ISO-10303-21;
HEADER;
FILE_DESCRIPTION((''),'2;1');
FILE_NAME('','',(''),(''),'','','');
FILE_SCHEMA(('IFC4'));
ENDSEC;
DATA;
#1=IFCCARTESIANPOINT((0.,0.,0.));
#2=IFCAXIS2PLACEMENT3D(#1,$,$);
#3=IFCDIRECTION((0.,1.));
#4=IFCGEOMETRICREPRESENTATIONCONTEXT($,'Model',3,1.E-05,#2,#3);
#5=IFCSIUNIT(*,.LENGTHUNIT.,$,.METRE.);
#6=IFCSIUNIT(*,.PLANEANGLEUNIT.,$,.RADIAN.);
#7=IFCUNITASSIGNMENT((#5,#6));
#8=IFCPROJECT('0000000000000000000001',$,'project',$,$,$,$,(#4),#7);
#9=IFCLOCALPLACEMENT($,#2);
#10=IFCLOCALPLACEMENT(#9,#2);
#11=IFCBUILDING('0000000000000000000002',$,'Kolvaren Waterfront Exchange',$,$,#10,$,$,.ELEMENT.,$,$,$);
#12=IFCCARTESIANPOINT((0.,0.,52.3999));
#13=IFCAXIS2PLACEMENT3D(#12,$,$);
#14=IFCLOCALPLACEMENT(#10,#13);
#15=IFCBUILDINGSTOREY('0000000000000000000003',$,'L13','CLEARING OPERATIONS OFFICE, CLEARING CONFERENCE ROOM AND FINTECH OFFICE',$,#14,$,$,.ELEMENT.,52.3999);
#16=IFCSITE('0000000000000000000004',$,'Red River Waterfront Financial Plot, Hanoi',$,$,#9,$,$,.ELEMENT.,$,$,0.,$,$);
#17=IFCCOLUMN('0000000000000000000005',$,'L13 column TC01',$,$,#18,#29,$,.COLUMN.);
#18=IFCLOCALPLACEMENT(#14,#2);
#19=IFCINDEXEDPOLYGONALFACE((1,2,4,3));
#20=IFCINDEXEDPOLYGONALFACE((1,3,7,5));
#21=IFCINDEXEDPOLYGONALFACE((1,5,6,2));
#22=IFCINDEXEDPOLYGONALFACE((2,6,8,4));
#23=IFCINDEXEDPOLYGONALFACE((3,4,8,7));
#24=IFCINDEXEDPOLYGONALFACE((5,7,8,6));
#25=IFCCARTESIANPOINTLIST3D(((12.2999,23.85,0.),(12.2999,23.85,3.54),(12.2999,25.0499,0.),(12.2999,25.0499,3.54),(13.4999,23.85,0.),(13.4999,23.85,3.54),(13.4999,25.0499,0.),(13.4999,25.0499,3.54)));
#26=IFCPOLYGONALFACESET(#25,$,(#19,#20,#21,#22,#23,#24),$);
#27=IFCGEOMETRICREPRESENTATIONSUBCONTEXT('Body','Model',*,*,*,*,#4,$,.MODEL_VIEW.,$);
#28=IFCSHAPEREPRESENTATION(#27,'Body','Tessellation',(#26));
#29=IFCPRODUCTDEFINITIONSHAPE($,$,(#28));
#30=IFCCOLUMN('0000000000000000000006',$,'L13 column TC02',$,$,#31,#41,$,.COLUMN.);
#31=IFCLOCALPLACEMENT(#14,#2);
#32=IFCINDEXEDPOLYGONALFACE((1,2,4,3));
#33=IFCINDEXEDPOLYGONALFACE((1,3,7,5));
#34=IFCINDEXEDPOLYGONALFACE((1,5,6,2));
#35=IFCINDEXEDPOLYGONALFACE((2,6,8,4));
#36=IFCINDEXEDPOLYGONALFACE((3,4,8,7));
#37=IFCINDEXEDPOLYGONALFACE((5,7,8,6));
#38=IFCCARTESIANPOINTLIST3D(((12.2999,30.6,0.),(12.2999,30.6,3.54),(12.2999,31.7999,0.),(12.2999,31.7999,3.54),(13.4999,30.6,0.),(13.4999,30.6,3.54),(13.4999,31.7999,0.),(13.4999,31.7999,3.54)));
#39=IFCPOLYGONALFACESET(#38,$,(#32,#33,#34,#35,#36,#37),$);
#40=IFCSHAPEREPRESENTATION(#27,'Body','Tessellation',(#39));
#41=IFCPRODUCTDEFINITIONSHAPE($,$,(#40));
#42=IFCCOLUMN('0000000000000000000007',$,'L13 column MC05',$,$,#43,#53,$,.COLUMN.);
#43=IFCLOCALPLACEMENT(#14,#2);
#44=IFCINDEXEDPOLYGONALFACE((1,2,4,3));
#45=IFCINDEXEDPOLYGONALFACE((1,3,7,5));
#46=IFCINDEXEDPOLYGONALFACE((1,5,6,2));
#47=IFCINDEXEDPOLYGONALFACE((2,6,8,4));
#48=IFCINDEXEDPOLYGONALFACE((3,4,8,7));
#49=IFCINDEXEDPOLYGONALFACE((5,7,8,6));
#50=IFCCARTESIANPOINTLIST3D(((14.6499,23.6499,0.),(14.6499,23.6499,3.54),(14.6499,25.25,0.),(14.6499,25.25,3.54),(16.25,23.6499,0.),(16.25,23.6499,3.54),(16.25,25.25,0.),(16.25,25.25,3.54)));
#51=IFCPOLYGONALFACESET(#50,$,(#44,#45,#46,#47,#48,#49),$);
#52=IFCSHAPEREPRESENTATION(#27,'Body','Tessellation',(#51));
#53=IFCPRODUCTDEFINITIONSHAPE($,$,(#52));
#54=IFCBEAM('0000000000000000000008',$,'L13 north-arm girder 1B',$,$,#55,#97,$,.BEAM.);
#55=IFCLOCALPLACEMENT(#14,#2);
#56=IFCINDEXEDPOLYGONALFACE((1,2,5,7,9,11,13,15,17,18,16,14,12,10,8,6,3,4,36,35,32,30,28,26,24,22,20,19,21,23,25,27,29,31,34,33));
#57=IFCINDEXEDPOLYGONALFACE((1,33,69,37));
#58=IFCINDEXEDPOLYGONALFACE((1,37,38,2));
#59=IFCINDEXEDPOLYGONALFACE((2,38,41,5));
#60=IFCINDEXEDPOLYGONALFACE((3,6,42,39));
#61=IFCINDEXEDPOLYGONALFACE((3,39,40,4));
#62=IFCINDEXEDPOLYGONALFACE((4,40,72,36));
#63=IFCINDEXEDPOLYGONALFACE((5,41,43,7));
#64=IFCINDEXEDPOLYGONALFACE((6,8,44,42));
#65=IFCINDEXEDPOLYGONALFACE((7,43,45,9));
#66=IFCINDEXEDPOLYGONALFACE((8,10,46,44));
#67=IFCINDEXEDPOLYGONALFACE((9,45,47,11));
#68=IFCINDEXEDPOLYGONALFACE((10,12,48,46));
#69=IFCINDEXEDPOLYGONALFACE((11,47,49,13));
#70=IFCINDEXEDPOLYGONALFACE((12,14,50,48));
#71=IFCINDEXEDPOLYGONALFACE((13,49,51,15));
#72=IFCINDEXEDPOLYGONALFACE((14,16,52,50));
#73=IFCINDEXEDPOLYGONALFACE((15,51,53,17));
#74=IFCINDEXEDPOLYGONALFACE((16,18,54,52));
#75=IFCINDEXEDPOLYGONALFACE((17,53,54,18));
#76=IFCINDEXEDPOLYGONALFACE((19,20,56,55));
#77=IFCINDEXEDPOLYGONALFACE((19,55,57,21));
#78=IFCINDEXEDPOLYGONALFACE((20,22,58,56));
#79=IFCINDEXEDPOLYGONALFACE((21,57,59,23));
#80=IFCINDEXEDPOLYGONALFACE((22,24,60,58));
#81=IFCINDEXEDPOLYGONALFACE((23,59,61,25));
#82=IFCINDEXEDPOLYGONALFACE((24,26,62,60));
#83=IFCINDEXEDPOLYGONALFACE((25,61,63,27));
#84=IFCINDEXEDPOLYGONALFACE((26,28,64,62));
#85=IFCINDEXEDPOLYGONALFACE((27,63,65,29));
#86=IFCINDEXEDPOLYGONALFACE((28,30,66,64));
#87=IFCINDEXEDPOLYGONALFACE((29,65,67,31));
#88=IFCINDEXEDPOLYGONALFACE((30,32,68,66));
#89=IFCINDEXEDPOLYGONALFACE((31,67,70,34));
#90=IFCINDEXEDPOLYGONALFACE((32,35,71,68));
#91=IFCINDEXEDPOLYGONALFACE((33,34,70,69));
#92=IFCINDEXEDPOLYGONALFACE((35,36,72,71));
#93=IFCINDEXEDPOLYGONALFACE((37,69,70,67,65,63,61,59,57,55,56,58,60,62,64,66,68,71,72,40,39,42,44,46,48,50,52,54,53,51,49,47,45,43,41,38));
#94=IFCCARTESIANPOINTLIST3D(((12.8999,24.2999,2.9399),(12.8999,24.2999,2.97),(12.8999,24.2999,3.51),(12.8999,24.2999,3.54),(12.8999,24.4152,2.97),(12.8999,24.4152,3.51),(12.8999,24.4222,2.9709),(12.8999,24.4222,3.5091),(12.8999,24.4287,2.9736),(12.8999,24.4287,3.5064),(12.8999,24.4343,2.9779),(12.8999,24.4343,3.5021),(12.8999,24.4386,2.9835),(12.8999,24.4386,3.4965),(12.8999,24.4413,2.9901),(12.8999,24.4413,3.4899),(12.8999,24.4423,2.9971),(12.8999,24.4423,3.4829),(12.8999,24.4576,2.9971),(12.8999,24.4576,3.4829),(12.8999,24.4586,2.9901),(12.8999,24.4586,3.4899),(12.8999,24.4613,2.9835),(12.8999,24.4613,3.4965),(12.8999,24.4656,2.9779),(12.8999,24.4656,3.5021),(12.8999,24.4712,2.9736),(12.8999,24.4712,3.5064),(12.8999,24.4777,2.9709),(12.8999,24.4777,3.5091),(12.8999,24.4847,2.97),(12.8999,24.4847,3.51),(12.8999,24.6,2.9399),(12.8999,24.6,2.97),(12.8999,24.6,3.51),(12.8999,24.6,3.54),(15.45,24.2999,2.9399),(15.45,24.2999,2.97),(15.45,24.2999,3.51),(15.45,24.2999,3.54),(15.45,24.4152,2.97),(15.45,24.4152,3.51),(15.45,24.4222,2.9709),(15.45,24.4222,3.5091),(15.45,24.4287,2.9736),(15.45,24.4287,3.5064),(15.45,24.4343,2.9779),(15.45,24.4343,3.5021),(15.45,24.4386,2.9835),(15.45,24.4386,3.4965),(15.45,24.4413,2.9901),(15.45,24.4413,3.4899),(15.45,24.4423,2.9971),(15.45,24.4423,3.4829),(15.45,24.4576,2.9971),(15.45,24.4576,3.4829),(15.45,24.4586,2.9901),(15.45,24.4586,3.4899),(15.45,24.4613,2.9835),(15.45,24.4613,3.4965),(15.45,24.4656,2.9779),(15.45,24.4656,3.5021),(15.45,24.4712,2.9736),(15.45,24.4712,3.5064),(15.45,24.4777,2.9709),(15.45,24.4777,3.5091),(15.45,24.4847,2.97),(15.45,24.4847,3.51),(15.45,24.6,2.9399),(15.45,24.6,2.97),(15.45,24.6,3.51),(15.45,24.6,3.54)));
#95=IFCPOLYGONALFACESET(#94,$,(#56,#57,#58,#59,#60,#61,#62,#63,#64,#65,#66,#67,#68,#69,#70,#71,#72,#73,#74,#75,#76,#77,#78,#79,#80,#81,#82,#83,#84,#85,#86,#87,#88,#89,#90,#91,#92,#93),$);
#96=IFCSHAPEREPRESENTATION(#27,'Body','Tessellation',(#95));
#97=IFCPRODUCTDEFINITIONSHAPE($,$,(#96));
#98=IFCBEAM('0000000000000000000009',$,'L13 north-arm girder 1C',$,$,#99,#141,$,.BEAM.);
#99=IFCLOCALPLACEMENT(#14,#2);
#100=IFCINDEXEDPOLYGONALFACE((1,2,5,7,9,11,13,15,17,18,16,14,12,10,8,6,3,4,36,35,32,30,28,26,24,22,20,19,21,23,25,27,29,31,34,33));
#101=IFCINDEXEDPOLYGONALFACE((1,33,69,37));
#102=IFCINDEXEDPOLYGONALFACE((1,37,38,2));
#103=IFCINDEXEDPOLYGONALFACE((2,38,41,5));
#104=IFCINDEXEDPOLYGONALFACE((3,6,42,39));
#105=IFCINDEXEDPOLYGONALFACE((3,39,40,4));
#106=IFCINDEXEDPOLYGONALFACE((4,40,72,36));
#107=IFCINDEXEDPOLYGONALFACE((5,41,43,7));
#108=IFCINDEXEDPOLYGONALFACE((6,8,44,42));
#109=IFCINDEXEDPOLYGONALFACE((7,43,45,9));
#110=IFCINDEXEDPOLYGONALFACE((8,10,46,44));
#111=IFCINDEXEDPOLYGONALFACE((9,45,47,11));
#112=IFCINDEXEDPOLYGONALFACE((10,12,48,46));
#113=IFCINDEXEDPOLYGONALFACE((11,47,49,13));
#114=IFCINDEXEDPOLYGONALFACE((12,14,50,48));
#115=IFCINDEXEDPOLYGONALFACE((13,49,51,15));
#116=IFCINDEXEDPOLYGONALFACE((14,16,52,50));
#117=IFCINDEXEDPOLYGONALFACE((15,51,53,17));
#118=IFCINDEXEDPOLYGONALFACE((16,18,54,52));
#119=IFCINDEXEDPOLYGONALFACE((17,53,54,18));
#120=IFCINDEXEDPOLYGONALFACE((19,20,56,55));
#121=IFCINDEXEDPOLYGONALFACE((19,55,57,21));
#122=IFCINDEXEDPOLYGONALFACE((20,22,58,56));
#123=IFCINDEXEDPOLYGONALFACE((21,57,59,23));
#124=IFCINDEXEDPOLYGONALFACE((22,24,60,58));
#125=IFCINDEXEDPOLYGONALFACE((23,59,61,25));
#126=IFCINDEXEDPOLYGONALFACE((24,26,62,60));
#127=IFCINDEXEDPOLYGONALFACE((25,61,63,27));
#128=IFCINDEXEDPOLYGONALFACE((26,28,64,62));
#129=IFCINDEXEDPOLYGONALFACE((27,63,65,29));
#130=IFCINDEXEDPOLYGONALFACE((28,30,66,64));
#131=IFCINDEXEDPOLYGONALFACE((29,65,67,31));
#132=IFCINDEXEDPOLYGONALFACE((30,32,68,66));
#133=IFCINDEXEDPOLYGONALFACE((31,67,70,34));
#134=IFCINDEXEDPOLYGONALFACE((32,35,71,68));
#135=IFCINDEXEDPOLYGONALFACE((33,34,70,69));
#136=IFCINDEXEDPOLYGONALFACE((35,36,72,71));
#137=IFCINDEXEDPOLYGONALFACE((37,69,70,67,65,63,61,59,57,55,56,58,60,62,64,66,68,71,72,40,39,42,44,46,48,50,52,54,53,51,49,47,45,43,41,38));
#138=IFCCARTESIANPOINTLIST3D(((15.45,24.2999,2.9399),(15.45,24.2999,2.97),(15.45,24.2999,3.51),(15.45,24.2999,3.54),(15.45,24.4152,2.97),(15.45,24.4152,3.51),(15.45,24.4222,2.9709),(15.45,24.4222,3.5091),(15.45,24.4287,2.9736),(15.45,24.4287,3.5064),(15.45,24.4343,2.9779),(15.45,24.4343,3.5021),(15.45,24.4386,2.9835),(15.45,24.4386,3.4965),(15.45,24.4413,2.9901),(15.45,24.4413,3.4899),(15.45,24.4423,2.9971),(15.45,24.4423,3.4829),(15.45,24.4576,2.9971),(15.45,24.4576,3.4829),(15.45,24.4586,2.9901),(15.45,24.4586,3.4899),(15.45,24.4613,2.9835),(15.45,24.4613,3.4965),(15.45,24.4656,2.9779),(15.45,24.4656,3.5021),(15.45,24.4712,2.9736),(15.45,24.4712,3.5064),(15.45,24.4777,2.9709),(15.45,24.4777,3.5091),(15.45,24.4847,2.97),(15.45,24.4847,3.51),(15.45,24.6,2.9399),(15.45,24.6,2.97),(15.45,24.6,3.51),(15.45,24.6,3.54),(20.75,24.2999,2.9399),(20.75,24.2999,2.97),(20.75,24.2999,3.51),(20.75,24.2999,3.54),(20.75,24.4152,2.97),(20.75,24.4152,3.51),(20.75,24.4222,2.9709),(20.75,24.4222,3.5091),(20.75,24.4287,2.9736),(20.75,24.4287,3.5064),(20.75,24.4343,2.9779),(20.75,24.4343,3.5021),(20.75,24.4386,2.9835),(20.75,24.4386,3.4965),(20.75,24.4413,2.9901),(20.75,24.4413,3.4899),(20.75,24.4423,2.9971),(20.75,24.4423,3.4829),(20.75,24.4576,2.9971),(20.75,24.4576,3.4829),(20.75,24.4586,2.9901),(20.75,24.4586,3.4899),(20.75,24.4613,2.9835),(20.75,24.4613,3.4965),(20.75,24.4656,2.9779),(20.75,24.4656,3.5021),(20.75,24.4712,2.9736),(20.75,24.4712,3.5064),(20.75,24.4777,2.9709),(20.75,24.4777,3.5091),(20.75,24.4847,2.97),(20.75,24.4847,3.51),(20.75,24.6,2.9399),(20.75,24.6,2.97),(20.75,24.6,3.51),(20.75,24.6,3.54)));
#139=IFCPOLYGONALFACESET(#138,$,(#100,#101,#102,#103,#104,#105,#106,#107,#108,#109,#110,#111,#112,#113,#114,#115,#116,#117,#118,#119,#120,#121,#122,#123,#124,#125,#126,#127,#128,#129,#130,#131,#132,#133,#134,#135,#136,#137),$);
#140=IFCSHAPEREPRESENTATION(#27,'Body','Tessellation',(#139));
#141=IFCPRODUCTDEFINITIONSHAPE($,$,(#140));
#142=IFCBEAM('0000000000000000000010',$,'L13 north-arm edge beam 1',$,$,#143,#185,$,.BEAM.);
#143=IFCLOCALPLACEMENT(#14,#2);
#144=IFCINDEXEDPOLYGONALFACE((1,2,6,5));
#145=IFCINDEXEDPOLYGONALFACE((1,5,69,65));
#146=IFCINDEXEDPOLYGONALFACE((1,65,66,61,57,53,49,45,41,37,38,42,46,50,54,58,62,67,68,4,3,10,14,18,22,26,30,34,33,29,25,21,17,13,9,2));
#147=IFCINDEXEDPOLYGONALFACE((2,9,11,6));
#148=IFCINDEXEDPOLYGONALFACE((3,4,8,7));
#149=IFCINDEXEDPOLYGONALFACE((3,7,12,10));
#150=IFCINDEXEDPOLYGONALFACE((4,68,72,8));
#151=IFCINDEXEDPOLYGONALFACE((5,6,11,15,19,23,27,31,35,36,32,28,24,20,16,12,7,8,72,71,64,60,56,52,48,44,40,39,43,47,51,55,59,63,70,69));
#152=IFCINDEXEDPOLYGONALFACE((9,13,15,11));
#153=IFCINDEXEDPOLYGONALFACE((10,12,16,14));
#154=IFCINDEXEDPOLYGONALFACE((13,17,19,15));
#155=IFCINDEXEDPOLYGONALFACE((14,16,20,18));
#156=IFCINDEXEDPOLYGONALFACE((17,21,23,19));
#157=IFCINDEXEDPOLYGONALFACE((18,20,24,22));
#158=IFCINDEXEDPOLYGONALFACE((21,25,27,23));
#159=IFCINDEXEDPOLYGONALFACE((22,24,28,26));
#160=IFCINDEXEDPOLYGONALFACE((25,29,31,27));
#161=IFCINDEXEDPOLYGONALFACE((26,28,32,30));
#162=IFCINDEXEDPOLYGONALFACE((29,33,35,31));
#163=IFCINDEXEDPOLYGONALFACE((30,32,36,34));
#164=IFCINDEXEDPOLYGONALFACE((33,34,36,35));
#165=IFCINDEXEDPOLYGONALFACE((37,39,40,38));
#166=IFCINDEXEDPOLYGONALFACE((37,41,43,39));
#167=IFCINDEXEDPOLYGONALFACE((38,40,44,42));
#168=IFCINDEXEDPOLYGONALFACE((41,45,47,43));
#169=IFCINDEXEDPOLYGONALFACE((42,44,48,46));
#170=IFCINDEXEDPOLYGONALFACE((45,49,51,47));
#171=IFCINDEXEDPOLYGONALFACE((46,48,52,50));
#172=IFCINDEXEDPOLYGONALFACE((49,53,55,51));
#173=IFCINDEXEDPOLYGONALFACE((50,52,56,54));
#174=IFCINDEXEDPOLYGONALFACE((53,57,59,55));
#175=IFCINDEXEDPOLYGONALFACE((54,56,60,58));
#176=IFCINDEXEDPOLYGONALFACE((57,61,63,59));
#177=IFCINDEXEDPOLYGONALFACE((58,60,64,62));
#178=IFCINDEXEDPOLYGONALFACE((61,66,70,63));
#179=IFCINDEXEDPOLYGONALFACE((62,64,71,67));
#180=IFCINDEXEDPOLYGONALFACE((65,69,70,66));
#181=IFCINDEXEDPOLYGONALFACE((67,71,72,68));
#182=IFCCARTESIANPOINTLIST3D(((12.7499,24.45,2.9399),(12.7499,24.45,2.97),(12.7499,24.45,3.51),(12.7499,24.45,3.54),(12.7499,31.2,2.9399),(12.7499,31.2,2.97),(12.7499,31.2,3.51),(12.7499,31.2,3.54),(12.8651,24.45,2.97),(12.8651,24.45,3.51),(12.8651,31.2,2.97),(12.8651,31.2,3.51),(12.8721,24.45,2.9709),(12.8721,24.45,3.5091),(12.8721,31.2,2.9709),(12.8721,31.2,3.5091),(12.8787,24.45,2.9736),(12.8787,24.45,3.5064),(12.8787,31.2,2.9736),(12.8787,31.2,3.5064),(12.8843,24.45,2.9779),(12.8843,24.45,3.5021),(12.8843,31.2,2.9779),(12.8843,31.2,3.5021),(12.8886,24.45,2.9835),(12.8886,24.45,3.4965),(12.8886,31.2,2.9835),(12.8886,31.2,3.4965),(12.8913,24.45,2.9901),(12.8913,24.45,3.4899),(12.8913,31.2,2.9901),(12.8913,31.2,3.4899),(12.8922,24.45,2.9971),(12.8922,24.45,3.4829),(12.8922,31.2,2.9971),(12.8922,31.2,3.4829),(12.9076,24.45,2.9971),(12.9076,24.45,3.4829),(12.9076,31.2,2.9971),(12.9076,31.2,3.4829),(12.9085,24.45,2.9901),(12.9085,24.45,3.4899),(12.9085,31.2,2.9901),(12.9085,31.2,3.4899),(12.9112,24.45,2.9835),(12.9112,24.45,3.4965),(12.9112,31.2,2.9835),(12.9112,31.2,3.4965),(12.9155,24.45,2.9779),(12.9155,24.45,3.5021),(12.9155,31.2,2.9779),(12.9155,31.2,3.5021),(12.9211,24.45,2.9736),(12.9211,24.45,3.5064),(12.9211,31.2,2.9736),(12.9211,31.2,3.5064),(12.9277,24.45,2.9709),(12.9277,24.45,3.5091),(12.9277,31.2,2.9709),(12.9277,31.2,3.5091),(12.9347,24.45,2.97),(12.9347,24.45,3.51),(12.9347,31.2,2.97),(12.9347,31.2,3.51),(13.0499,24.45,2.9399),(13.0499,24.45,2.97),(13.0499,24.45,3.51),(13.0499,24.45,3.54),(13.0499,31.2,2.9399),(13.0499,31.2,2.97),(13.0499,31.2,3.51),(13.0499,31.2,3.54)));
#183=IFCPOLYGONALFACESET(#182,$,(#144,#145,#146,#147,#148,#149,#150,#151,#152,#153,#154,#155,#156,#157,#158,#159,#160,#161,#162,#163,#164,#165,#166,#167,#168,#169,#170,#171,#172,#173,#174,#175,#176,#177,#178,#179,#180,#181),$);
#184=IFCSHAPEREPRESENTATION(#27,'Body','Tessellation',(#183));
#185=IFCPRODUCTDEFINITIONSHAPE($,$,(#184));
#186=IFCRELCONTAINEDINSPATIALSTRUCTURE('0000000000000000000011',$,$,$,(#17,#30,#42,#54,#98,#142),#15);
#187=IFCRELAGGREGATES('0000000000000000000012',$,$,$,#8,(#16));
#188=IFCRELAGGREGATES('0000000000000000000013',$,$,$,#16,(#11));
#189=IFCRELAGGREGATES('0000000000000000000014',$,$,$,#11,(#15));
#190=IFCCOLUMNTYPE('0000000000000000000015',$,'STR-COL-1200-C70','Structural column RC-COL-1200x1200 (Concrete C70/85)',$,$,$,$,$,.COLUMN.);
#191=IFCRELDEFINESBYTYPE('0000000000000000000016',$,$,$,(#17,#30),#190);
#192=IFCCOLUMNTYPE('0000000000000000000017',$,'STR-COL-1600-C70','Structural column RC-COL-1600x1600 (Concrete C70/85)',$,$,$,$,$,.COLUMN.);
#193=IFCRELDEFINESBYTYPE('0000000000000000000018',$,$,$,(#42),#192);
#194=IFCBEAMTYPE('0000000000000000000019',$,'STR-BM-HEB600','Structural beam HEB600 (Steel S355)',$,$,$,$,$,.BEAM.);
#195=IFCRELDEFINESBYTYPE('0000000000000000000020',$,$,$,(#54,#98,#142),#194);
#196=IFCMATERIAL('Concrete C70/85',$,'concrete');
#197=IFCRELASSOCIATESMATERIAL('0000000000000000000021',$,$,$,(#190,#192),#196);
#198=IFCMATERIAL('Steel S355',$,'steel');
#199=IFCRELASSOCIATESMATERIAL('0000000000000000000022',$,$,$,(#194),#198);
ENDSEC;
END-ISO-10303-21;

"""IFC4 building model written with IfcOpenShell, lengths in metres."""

from ifc_helpers import new_model, si_unit, direction, frame, origin, origin_2d, place, context, subcontext, project, spatial, rectangle, i_section, extrude, material, material_profile, profile_set, type_object, element, save


model = new_model("IFC4")

# Units and contexts
model_context = context("Model", 3, precision=1e-05, world=origin(), true_north=direction((0.0, 1.0)))
body_context = subcontext(model_context, "Body", "Model", "MODEL_VIEW")
ifc_project = project(units=[si_unit("LENGTHUNIT", "METRE"), si_unit("PLANEANGLEUNIT", "RADIAN")], contexts=[model_context])

# Site, building, storey
site_placement = place(None, origin())
site = spatial("IfcSite", under=ifc_project, at=site_placement, Name="Red River Waterfront Financial Plot, Hanoi", CompositionType="ELEMENT", RefElevation=0.0)
building_placement = place(site_placement, origin())
building = spatial("IfcBuilding", under=site, at=building_placement, Name="Kolvaren Waterfront Exchange", CompositionType="ELEMENT")
storey_placement = place(building_placement, frame((0.0, 0.0, 52.3999)))
storey = spatial("IfcBuildingStorey", under=building, at=storey_placement, Name="L13", Description="CLEARING OPERATIONS OFFICE, CLEARING CONFERENCE ROOM AND FINTECH OFFICE", CompositionType="ELEMENT", Elevation=52.3999)

# Columns
ifc_material_1 = material(Name="Concrete C70/85", Category="concrete")
ifc_material_profile_1 = material_profile(ifc_material_1, rectangle(XDim=1.2, YDim=1.2, at=origin_2d()), Name="RC-COL-1200x1200")
ifc_profile_set_1 = profile_set([ifc_material_profile_1], Name="Concrete C70/85")
column_type_1 = type_object("IfcColumnType", Name="STR-COL-1200-C70", Description="Structural column RC-COL-1200x1200 (Concrete C70/85)", PredefinedType="COLUMN", material=ifc_profile_set_1)
for number, where, z_axis, x_axis, name in (
    (1, (12.8999, 24.45, 0.0), (0.0, 0.0, 1.0), (1.0, 0.0, 0.0), "L13 column TC01"),
    (2, (12.8999, 31.2, 0.0), (0.0, 0.0, 1.0), (1.0, 0.0, 0.0), "L13 column TC02"),
):
    element("IfcColumn", number, at=place(storey_placement, frame(where, z_axis=z_axis, x_axis=x_axis)), inside=storey, type_object=column_type_1, Name=name, PredefinedType="COLUMN", context=body_context, shape_type="SweptSolid", body=[
        extrude(rectangle(XDim=1.2, YDim=1.2, at=origin_2d()), origin(), (0.0, 0.0, 1.0), 3.54),
    ])
ifc_material_profile_2 = material_profile(ifc_material_1, rectangle(XDim=1.6001, YDim=1.6001, at=origin_2d()), Name="RC-COL-1600x1600")
ifc_profile_set_2 = profile_set([ifc_material_profile_2], Name="Concrete C70/85")
column_type_2 = type_object("IfcColumnType", Name="STR-COL-1600-C70", Description="Structural column RC-COL-1600x1600 (Concrete C70/85)", PredefinedType="COLUMN", material=ifc_profile_set_2)
column_placement = place(storey_placement, frame((15.45, 24.45, 0.0), z_axis=(0.0, 0.0, 1.0), x_axis=(1.0, 0.0, 0.0)))
element("IfcColumn", 3, at=column_placement, inside=storey, type_object=column_type_2, Name="L13 column MC05", PredefinedType="COLUMN", context=body_context, shape_type="SweptSolid", body=[
    extrude(rectangle(XDim=1.6001, YDim=1.6001, at=origin_2d()), origin(), (0.0, 0.0, 1.0), 3.54),
])

# Beams
ifc_material_2 = material(Name="Steel S355", Category="steel")
ifc_material_profile_3 = material_profile(ifc_material_2, i_section(OverallWidth=0.3, OverallDepth=0.6001, WebThickness=0.0154, FlangeThickness=0.03, FilletRadius=0.0271, at=origin_2d()), Name="HEB600")
ifc_profile_set_3 = profile_set([ifc_material_profile_3], Name="Steel S355")
beam_type_1 = type_object("IfcBeamType", Name="STR-BM-HEB600", Description="Structural beam HEB600 (Steel S355)", PredefinedType="BEAM", material=ifc_profile_set_3)
beam_1_placement = place(storey_placement, frame((12.8999, 24.45, 3.24), z_axis=(1.0, 0.0, 0.0), x_axis=(0.0, 1.0, 0.0)))
element("IfcBeam", 4, at=beam_1_placement, inside=storey, type_object=beam_type_1, Name="L13 north-arm girder 1B", PredefinedType="BEAM", context=body_context, shape_type="SweptSolid", body=[
    extrude(i_section(OverallWidth=0.3, OverallDepth=0.6001, WebThickness=0.0154, FlangeThickness=0.03, FilletRadius=0.0271, at=origin_2d()), origin(), (0.0, 0.0, 1.0), 2.55),
])
beam_2_placement = place(storey_placement, frame((15.45, 24.45, 3.24), z_axis=(1.0, 0.0, 0.0), x_axis=(0.0, 1.0, 0.0)))
element("IfcBeam", 5, at=beam_2_placement, inside=storey, type_object=beam_type_1, Name="L13 north-arm girder 1C", PredefinedType="BEAM", context=body_context, shape_type="SweptSolid", body=[
    extrude(i_section(OverallWidth=0.3, OverallDepth=0.6001, WebThickness=0.0154, FlangeThickness=0.03, FilletRadius=0.0271, at=origin_2d()), origin(), (0.0, 0.0, 1.0), 5.3),
])
beam_3_placement = place(storey_placement, frame((12.8999, 24.45, 3.24), z_axis=(0.0, 1.0, 0.0), x_axis=(-1.0, 0.0, 0.0)))
element("IfcBeam", 6, at=beam_3_placement, inside=storey, type_object=beam_type_1, Name="L13 north-arm edge beam 1", PredefinedType="BEAM", context=body_context, shape_type="SweptSolid", body=[
    extrude(i_section(OverallWidth=0.3, OverallDepth=0.6001, WebThickness=0.0154, FlangeThickness=0.03, FilletRadius=0.0271, at=origin_2d()), origin(), (0.0, 0.0, 1.0), 6.75),
])

save(model, "model.ifc")
